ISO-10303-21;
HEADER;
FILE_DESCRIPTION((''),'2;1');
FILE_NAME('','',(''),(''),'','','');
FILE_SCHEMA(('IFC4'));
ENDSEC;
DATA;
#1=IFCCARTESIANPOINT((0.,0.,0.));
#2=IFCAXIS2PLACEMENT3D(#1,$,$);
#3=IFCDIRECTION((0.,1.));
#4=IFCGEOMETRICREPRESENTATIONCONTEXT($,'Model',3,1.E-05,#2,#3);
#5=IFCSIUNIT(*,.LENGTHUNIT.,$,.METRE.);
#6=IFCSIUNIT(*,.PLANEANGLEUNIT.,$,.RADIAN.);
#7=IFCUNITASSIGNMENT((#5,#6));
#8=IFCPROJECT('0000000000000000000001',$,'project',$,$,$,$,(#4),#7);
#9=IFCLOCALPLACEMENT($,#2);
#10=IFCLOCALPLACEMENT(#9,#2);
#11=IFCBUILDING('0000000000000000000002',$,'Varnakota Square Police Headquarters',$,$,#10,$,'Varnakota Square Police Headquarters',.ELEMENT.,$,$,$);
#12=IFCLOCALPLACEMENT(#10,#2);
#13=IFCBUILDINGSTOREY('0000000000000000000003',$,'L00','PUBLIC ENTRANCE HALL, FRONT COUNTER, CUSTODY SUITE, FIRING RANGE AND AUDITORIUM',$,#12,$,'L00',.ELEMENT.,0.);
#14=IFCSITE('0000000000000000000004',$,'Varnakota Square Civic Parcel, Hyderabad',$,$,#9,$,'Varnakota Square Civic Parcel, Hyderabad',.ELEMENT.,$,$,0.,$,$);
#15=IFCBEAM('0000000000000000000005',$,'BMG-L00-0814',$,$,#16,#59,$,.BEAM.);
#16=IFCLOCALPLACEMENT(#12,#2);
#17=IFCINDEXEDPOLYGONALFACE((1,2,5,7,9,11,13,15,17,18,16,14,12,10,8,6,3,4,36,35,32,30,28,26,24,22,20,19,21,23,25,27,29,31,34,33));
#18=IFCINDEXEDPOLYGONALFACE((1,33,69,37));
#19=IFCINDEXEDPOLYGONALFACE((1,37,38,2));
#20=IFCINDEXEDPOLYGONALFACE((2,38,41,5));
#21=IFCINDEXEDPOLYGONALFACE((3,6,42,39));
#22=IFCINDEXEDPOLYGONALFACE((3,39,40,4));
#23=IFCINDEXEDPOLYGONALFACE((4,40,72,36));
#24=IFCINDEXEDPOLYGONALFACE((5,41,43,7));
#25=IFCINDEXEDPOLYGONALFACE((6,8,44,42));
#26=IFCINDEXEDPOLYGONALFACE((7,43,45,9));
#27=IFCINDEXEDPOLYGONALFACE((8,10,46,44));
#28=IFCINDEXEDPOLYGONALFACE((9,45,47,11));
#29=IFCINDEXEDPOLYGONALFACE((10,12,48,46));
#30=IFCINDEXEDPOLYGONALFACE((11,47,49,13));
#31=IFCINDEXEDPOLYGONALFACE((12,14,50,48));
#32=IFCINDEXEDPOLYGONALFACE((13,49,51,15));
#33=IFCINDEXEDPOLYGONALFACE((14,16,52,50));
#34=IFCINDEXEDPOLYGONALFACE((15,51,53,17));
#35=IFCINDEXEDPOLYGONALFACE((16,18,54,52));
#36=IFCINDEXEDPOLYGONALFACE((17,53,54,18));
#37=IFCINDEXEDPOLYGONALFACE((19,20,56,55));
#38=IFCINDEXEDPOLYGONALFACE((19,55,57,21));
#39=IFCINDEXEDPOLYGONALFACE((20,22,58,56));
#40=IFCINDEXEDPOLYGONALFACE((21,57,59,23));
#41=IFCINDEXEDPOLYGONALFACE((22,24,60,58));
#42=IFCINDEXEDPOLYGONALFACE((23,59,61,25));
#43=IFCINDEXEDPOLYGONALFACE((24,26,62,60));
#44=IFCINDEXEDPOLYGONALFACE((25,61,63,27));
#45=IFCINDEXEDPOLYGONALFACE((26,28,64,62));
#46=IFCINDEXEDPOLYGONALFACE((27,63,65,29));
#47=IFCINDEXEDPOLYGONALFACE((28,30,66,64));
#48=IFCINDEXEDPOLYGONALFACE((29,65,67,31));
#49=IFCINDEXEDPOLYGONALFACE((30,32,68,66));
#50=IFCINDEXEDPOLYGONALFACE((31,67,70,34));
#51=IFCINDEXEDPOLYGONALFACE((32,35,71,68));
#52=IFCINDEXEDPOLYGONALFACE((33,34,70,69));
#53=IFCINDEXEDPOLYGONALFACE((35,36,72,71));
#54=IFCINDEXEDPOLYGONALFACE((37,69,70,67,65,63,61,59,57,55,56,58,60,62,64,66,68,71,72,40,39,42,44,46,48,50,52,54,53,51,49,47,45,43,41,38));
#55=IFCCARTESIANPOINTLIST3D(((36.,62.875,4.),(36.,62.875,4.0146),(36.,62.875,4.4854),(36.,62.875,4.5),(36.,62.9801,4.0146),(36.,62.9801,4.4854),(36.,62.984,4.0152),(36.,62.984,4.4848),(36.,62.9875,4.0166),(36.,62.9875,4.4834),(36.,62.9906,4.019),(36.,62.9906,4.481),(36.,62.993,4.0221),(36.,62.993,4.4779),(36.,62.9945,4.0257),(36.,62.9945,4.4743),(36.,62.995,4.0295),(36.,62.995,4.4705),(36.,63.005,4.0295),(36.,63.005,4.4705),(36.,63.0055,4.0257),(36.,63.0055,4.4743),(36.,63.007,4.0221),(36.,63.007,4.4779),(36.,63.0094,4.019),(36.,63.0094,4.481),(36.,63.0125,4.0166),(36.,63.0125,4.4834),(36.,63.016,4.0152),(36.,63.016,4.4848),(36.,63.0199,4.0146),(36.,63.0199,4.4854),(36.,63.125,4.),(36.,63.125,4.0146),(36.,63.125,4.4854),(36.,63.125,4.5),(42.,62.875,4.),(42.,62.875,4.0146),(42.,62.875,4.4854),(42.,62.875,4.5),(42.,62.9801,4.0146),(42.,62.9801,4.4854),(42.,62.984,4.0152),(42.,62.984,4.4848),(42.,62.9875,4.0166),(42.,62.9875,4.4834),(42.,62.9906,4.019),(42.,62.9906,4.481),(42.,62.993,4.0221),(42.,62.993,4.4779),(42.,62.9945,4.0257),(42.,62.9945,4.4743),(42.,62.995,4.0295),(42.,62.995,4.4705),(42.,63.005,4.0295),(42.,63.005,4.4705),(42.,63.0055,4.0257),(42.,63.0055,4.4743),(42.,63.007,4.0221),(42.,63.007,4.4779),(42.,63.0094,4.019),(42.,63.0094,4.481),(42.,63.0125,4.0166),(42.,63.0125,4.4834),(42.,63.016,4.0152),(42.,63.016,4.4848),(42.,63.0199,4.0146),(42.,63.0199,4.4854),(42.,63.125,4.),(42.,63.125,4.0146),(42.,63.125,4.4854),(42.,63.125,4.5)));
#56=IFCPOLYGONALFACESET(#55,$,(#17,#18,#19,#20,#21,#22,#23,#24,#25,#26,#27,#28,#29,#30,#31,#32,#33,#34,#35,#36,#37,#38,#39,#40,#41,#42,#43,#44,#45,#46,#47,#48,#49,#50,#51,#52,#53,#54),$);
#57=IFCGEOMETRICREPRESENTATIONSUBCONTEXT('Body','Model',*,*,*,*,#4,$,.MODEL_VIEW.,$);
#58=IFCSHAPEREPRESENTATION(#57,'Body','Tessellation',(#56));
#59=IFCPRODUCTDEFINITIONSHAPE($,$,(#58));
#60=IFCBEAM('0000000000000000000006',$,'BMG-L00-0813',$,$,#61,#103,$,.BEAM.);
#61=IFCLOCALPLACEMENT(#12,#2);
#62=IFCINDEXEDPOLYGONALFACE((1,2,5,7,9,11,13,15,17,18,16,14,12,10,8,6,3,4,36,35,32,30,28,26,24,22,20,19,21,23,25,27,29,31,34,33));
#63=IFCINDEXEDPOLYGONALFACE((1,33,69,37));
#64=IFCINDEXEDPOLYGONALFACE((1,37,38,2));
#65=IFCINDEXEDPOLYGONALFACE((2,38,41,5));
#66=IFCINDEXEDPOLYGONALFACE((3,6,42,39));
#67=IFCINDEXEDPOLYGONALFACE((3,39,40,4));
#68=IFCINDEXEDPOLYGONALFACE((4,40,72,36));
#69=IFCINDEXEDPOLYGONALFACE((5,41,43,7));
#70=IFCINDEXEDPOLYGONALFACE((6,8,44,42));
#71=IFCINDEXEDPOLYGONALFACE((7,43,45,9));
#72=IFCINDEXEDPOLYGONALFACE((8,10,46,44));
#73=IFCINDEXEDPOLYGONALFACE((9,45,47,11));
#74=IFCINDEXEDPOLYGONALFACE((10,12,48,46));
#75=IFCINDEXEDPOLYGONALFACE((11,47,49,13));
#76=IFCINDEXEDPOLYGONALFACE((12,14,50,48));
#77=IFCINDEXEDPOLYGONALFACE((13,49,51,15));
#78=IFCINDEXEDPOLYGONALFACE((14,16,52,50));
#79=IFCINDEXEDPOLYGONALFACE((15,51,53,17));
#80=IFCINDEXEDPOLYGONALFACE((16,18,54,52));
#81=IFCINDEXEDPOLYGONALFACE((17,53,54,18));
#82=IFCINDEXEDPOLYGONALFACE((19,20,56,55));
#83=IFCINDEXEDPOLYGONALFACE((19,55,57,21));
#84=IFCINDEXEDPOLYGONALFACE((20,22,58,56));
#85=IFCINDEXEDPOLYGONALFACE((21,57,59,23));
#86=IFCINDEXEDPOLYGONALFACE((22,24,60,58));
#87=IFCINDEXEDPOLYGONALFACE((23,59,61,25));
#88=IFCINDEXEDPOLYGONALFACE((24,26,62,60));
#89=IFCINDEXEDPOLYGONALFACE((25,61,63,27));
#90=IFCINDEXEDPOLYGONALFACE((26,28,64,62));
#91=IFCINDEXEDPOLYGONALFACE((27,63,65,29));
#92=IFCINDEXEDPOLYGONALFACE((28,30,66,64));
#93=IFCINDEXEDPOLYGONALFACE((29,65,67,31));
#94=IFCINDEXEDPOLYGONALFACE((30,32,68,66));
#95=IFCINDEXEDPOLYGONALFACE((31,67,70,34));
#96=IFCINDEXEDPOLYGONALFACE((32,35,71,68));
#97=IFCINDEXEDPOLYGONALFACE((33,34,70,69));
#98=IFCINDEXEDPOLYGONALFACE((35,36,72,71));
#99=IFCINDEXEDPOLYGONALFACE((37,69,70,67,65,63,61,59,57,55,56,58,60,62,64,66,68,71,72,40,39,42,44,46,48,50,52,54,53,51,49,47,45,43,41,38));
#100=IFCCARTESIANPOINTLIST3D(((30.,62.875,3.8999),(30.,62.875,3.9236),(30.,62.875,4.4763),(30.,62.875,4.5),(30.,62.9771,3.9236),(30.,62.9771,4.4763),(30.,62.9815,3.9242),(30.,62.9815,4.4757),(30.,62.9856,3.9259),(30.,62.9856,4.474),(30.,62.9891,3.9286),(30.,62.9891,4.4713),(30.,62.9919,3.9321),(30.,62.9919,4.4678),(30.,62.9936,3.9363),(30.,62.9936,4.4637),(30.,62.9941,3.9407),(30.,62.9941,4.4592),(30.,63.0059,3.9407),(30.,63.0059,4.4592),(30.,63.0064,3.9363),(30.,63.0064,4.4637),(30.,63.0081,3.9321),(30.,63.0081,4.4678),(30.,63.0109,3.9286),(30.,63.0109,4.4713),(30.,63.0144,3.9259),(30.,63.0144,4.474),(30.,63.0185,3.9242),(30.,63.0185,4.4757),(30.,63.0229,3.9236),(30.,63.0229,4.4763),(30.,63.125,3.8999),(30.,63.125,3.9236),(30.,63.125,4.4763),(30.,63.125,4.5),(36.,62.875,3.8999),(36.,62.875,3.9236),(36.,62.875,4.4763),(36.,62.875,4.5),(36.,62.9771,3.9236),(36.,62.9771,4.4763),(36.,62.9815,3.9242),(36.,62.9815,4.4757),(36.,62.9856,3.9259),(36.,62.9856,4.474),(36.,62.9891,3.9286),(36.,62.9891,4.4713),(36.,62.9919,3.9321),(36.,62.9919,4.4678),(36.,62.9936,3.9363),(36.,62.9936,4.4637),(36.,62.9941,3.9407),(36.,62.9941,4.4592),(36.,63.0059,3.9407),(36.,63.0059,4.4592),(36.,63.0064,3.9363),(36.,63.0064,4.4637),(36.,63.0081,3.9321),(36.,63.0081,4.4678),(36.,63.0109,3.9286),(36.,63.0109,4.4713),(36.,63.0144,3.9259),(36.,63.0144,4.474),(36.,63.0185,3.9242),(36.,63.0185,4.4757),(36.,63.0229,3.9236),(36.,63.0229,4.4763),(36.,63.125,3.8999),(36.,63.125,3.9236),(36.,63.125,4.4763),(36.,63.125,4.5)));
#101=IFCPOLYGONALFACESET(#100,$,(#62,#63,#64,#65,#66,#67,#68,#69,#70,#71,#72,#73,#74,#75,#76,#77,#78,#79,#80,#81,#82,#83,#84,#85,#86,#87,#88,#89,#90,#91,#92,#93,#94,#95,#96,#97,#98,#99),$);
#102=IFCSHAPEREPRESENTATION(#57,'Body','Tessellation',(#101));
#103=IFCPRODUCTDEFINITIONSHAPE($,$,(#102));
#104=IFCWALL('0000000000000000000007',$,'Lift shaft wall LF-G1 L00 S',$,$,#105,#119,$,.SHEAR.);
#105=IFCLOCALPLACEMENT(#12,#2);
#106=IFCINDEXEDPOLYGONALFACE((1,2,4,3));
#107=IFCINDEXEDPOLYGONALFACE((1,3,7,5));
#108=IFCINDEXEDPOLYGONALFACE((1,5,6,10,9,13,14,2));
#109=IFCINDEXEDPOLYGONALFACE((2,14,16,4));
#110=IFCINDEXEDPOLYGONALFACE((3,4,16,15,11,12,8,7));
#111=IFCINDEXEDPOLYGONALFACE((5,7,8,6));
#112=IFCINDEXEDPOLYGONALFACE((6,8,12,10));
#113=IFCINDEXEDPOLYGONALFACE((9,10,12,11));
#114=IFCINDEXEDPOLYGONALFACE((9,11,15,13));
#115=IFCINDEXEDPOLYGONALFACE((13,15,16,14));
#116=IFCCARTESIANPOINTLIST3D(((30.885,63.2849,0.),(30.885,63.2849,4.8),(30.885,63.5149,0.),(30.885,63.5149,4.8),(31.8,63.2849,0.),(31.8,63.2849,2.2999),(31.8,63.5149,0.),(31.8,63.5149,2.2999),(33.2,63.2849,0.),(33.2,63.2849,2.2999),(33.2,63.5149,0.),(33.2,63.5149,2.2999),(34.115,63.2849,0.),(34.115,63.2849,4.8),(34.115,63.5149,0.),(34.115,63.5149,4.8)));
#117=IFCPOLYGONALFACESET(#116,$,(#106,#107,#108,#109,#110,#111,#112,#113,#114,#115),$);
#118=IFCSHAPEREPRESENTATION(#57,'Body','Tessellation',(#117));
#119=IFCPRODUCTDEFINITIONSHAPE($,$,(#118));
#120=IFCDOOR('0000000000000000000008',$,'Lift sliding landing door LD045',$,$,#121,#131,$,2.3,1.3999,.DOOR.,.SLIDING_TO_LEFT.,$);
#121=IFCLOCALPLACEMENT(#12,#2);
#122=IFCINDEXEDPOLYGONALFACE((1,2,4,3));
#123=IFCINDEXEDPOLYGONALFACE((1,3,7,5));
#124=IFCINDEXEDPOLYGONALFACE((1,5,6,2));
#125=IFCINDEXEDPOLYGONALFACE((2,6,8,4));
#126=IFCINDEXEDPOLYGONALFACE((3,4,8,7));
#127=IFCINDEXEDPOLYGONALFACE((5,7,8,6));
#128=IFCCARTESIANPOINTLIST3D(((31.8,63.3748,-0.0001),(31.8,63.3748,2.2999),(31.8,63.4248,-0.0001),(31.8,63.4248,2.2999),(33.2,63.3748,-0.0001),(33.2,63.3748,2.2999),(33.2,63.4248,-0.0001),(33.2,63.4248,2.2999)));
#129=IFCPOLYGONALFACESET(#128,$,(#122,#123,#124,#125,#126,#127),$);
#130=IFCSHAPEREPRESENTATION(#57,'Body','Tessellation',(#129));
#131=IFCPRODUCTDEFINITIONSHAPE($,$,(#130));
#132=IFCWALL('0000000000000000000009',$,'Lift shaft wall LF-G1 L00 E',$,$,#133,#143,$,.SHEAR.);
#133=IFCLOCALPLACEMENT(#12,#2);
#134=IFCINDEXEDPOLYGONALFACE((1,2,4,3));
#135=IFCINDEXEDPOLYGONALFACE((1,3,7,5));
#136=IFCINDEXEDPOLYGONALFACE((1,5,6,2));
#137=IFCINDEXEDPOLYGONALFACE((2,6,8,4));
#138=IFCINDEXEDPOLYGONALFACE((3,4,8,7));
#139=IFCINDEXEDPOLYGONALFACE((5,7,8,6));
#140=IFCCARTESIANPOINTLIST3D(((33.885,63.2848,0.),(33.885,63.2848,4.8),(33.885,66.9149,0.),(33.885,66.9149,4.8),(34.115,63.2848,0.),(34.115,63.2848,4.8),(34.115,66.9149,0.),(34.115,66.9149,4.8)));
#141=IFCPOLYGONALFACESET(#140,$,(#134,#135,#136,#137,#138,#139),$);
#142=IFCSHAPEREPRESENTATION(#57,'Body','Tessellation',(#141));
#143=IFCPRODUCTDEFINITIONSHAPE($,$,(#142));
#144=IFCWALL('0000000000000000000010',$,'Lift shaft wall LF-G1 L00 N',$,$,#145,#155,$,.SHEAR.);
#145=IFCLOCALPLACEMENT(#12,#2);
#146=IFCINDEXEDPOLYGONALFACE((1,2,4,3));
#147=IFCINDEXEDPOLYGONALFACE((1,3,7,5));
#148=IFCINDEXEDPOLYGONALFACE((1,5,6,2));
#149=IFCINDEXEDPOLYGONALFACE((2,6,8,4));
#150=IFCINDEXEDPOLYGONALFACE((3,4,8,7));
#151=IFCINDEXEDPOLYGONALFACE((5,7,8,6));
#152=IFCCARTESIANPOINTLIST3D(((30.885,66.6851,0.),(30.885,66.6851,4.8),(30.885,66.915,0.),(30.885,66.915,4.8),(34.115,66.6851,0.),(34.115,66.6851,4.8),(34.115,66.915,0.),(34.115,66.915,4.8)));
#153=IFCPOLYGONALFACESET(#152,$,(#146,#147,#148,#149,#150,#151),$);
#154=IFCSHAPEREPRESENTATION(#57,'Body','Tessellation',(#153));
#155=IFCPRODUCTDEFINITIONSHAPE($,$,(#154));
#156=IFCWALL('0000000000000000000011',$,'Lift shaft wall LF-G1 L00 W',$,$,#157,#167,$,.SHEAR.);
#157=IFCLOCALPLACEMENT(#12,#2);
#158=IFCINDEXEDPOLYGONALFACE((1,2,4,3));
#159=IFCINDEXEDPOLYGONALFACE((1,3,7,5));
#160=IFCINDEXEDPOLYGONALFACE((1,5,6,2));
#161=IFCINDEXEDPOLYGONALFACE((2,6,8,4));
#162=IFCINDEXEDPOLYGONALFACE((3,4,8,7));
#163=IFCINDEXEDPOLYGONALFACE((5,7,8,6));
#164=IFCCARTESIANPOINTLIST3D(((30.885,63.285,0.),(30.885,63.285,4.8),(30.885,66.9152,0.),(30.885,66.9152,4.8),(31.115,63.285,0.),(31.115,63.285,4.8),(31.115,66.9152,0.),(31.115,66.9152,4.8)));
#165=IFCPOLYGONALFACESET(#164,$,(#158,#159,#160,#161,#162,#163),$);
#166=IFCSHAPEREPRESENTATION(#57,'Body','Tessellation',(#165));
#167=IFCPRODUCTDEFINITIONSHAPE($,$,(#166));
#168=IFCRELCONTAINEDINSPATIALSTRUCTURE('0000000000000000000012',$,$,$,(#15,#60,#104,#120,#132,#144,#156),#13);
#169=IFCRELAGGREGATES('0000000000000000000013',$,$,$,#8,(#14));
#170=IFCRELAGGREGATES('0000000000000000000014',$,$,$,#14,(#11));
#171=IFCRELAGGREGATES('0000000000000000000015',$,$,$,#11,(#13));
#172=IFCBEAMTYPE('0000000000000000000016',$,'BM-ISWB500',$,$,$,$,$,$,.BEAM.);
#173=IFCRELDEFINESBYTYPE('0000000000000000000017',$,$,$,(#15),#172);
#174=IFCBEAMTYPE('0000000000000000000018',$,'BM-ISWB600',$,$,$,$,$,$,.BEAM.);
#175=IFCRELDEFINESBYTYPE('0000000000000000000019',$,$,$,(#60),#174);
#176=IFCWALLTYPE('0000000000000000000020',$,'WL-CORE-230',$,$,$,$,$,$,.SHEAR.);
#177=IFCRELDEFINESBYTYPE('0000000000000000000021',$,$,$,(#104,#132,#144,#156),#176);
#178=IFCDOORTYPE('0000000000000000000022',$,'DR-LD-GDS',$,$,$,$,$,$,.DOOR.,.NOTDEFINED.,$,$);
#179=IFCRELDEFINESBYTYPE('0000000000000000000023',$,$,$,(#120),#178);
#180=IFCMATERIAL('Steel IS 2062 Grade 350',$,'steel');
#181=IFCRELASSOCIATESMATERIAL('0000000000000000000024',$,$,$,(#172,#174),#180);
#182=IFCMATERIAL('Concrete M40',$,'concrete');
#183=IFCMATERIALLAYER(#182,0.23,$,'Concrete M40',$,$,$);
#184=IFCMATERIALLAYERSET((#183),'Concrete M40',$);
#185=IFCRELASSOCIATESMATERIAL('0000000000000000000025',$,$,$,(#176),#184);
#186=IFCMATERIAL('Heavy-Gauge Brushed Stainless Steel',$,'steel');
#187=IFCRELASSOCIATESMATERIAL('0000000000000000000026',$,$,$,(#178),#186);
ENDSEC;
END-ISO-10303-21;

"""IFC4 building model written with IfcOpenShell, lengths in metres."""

from ifc_helpers import new_model, si_unit, direction, frame, frame_2d, origin, origin_2d, place, context, subcontext, project, spatial, rectangle, i_section, extrude, material, layer, layer_set, material_profile, profile_set, type_object, element, fill, save


model = new_model("IFC4")

# Units and contexts
model_context = context("Model", 3, precision=1e-05, world=origin(), true_north=direction((0.0, 1.0)))
body_context = subcontext(model_context, "Body", "Model", "MODEL_VIEW")
ifc_project = project(units=[si_unit("LENGTHUNIT", "METRE"), si_unit("PLANEANGLEUNIT", "RADIAN")], contexts=[model_context])

# Site, building, storey
site_placement = place(None, origin())
site = spatial("IfcSite", under=ifc_project, at=site_placement, Name="Varnakota Square Civic Parcel, Hyderabad", LongName="Varnakota Square Civic Parcel, Hyderabad", CompositionType="ELEMENT", RefElevation=0.0)
building_placement = place(site_placement, origin())
building = spatial("IfcBuilding", under=site, at=building_placement, Name="Varnakota Square Police Headquarters", LongName="Varnakota Square Police Headquarters", CompositionType="ELEMENT")
storey_placement = place(building_placement, origin())
storey = spatial("IfcBuildingStorey", under=building, at=storey_placement, Name="L00", Description="PUBLIC ENTRANCE HALL, FRONT COUNTER, CUSTODY SUITE, FIRING RANGE AND AUDITORIUM", LongName="L00", CompositionType="ELEMENT", Elevation=0.0)

# Beams
ifc_material_1 = material(Name="Steel IS 2062 Grade 350", Category="steel")
ifc_material_profile_1 = material_profile(ifc_material_1, i_section(OverallWidth=0.25, OverallDepth=0.5, WebThickness=0.01, FlangeThickness=0.0146, FilletRadius=0.0149, at=origin_2d()), Name="ISWB 500")
ifc_profile_set_1 = profile_set([ifc_material_profile_1], Name="Steel IS 2062 Grade 350")
beam_type_1 = type_object("IfcBeamType", Name="BM-ISWB500", PredefinedType="BEAM", material=ifc_profile_set_1)
for number, where, z_axis, x_axis, name in (
    (1, (36.0, 63.0, 4.25), (1.0, 0.0, 0.0), (0.0, 1.0, 0.0), "BMG-L00-0814"),
):
    element("IfcBeam", number, at=place(storey_placement, frame(where, z_axis=z_axis, x_axis=x_axis)), inside=storey, type_object=beam_type_1, Name=name, PredefinedType="BEAM", context=body_context, shape_type="SweptSolid", body=[
        extrude(i_section(OverallWidth=0.25, OverallDepth=0.5, WebThickness=0.01, FlangeThickness=0.0146, FilletRadius=0.0149, at=origin_2d()), origin(), (0.0, 0.0, 1.0), 6.0),
    ])
ifc_material_profile_2 = material_profile(ifc_material_1, i_section(OverallWidth=0.25, OverallDepth=0.6001, WebThickness=0.0117, FlangeThickness=0.0237, FilletRadius=0.0171, at=origin_2d()), Name="ISWB 600")
ifc_profile_set_2 = profile_set([ifc_material_profile_2], Name="Steel IS 2062 Grade 350")
beam_type_2 = type_object("IfcBeamType", Name="BM-ISWB600", PredefinedType="BEAM", material=ifc_profile_set_2)
beam_1_placement = place(storey_placement, frame((30.0, 63.0, 4.2), z_axis=(1.0, 0.0, 0.0), x_axis=(0.0, 1.0, 0.0)))
element("IfcBeam", 2, at=beam_1_placement, inside=storey, type_object=beam_type_2, Name="BMG-L00-0813", PredefinedType="BEAM", context=body_context, shape_type="SweptSolid", body=[
    extrude(i_section(OverallWidth=0.25, OverallDepth=0.6001, WebThickness=0.0117, FlangeThickness=0.0237, FilletRadius=0.0171, at=origin_2d()), origin(), (0.0, 0.0, 1.0), 6.0),
])

# Wall, opening, door
ifc_material_2 = material(Name="Concrete M40", Category="concrete")
ifc_layer_1 = layer(ifc_material_2, 0.23, Name="Concrete M40")
ifc_layer_set_1 = layer_set([ifc_layer_1], Name="Concrete M40")
wall_type_1 = type_object("IfcWallType", Name="WL-CORE-230", PredefinedType="SHEAR", material=ifc_layer_set_1)
wall_1_placement = place(storey_placement, frame((30.885, 63.3999, 0.0), z_axis=(0.0, 0.0, 1.0), x_axis=(1.0, 0.0, 0.0)))
wall_1 = element("IfcWall", 3, at=wall_1_placement, inside=storey, type_object=wall_type_1, Name="Lift shaft wall LF-G1 L00 S", PredefinedType="SHEAR", context=body_context, shape_type="SweptSolid", body=[
    extrude(rectangle(XDim=3.23, YDim=0.23, at=frame_2d((1.615, 0.0))), origin(), (0.0, 0.0, 1.0), 4.8),
])
opening_1_placement = place(wall_1_placement, frame((0.915, 0.0, 0.0)))
opening_1 = element("IfcOpeningElement", 4, at=opening_1_placement, cuts=wall_1, PredefinedType="OPENING", context=body_context, shape_type="SweptSolid", body=[
    extrude(rectangle(XDim=1.3999, YDim=2.3, at=frame_2d((0.7, 1.1499))), frame((0.0, 0.125, 0.0), z_axis=(0.0, -1.0, 0.0), x_axis=(1.0, 0.0, 0.0)), (0.0, 0.0, 1.0), 0.25),
])
ifc_material_3 = material(Name="Heavy-Gauge Brushed Stainless Steel", Category="steel")
door_type_1 = type_object("IfcDoorType", Name="DR-LD-GDS", OperationType="NOTDEFINED", PredefinedType="DOOR", material=ifc_material_3)
door_1_placement = place(opening_1_placement, origin())
door_1 = element("IfcDoor", 5, at=door_1_placement, inside=storey, type_object=door_type_1, Name="Lift sliding landing door LD045", OperationType="SLIDING_TO_LEFT", OverallHeight=2.3, OverallWidth=1.3999, PredefinedType="DOOR", context=body_context, shape_type="SweptSolid", body=[
    extrude(rectangle(XDim=1.3999, YDim=2.3, at=frame_2d((0.7, 1.1499))), frame((0.0, 0.0249, 0.0), z_axis=(0.0, -1.0, 0.0), x_axis=(1.0, 0.0, 0.0)), (0.0, 0.0, 1.0), 0.05),
])
fill(opening_1, door_1)

# Walls
wall_2_placement = place(storey_placement, frame((34.0, 63.2849, 0.0), z_axis=(0.0, 0.0, 1.0), x_axis=(0.0, 1.0, 0.0)))
element("IfcWall", 6, at=wall_2_placement, inside=storey, type_object=wall_type_1, Name="Lift shaft wall LF-G1 L00 E", PredefinedType="SHEAR", context=body_context, shape_type="SweptSolid", body=[
    extrude(rectangle(XDim=3.6301, YDim=0.23, at=frame_2d((1.8149, 0.0))), origin(), (0.0, 0.0, 1.0), 4.8),
])
wall_3_placement = place(storey_placement, frame((34.115, 66.8, 0.0), z_axis=(0.0, 0.0, 1.0), x_axis=(-1.0, 0.0, 0.0)))
element("IfcWall", 7, at=wall_3_placement, inside=storey, type_object=wall_type_1, Name="Lift shaft wall LF-G1 L00 N", PredefinedType="SHEAR", context=body_context, shape_type="SweptSolid", body=[
    extrude(rectangle(XDim=3.23, YDim=0.23, at=frame_2d((1.615, 0.0))), origin(), (0.0, 0.0, 1.0), 4.8),
])
wall_4_placement = place(storey_placement, frame((31.0, 66.915, 0.0), z_axis=(0.0, 0.0, 1.0), x_axis=(0.0, -1.0, 0.0)))
element("IfcWall", 8, at=wall_4_placement, inside=storey, type_object=wall_type_1, Name="Lift shaft wall LF-G1 L00 W", PredefinedType="SHEAR", context=body_context, shape_type="SweptSolid", body=[
    extrude(rectangle(XDim=3.6301, YDim=0.23, at=frame_2d((1.8149, 0.0))), origin(), (0.0, 0.0, 1.0), 4.8),
])

save(model, "model.ifc")
